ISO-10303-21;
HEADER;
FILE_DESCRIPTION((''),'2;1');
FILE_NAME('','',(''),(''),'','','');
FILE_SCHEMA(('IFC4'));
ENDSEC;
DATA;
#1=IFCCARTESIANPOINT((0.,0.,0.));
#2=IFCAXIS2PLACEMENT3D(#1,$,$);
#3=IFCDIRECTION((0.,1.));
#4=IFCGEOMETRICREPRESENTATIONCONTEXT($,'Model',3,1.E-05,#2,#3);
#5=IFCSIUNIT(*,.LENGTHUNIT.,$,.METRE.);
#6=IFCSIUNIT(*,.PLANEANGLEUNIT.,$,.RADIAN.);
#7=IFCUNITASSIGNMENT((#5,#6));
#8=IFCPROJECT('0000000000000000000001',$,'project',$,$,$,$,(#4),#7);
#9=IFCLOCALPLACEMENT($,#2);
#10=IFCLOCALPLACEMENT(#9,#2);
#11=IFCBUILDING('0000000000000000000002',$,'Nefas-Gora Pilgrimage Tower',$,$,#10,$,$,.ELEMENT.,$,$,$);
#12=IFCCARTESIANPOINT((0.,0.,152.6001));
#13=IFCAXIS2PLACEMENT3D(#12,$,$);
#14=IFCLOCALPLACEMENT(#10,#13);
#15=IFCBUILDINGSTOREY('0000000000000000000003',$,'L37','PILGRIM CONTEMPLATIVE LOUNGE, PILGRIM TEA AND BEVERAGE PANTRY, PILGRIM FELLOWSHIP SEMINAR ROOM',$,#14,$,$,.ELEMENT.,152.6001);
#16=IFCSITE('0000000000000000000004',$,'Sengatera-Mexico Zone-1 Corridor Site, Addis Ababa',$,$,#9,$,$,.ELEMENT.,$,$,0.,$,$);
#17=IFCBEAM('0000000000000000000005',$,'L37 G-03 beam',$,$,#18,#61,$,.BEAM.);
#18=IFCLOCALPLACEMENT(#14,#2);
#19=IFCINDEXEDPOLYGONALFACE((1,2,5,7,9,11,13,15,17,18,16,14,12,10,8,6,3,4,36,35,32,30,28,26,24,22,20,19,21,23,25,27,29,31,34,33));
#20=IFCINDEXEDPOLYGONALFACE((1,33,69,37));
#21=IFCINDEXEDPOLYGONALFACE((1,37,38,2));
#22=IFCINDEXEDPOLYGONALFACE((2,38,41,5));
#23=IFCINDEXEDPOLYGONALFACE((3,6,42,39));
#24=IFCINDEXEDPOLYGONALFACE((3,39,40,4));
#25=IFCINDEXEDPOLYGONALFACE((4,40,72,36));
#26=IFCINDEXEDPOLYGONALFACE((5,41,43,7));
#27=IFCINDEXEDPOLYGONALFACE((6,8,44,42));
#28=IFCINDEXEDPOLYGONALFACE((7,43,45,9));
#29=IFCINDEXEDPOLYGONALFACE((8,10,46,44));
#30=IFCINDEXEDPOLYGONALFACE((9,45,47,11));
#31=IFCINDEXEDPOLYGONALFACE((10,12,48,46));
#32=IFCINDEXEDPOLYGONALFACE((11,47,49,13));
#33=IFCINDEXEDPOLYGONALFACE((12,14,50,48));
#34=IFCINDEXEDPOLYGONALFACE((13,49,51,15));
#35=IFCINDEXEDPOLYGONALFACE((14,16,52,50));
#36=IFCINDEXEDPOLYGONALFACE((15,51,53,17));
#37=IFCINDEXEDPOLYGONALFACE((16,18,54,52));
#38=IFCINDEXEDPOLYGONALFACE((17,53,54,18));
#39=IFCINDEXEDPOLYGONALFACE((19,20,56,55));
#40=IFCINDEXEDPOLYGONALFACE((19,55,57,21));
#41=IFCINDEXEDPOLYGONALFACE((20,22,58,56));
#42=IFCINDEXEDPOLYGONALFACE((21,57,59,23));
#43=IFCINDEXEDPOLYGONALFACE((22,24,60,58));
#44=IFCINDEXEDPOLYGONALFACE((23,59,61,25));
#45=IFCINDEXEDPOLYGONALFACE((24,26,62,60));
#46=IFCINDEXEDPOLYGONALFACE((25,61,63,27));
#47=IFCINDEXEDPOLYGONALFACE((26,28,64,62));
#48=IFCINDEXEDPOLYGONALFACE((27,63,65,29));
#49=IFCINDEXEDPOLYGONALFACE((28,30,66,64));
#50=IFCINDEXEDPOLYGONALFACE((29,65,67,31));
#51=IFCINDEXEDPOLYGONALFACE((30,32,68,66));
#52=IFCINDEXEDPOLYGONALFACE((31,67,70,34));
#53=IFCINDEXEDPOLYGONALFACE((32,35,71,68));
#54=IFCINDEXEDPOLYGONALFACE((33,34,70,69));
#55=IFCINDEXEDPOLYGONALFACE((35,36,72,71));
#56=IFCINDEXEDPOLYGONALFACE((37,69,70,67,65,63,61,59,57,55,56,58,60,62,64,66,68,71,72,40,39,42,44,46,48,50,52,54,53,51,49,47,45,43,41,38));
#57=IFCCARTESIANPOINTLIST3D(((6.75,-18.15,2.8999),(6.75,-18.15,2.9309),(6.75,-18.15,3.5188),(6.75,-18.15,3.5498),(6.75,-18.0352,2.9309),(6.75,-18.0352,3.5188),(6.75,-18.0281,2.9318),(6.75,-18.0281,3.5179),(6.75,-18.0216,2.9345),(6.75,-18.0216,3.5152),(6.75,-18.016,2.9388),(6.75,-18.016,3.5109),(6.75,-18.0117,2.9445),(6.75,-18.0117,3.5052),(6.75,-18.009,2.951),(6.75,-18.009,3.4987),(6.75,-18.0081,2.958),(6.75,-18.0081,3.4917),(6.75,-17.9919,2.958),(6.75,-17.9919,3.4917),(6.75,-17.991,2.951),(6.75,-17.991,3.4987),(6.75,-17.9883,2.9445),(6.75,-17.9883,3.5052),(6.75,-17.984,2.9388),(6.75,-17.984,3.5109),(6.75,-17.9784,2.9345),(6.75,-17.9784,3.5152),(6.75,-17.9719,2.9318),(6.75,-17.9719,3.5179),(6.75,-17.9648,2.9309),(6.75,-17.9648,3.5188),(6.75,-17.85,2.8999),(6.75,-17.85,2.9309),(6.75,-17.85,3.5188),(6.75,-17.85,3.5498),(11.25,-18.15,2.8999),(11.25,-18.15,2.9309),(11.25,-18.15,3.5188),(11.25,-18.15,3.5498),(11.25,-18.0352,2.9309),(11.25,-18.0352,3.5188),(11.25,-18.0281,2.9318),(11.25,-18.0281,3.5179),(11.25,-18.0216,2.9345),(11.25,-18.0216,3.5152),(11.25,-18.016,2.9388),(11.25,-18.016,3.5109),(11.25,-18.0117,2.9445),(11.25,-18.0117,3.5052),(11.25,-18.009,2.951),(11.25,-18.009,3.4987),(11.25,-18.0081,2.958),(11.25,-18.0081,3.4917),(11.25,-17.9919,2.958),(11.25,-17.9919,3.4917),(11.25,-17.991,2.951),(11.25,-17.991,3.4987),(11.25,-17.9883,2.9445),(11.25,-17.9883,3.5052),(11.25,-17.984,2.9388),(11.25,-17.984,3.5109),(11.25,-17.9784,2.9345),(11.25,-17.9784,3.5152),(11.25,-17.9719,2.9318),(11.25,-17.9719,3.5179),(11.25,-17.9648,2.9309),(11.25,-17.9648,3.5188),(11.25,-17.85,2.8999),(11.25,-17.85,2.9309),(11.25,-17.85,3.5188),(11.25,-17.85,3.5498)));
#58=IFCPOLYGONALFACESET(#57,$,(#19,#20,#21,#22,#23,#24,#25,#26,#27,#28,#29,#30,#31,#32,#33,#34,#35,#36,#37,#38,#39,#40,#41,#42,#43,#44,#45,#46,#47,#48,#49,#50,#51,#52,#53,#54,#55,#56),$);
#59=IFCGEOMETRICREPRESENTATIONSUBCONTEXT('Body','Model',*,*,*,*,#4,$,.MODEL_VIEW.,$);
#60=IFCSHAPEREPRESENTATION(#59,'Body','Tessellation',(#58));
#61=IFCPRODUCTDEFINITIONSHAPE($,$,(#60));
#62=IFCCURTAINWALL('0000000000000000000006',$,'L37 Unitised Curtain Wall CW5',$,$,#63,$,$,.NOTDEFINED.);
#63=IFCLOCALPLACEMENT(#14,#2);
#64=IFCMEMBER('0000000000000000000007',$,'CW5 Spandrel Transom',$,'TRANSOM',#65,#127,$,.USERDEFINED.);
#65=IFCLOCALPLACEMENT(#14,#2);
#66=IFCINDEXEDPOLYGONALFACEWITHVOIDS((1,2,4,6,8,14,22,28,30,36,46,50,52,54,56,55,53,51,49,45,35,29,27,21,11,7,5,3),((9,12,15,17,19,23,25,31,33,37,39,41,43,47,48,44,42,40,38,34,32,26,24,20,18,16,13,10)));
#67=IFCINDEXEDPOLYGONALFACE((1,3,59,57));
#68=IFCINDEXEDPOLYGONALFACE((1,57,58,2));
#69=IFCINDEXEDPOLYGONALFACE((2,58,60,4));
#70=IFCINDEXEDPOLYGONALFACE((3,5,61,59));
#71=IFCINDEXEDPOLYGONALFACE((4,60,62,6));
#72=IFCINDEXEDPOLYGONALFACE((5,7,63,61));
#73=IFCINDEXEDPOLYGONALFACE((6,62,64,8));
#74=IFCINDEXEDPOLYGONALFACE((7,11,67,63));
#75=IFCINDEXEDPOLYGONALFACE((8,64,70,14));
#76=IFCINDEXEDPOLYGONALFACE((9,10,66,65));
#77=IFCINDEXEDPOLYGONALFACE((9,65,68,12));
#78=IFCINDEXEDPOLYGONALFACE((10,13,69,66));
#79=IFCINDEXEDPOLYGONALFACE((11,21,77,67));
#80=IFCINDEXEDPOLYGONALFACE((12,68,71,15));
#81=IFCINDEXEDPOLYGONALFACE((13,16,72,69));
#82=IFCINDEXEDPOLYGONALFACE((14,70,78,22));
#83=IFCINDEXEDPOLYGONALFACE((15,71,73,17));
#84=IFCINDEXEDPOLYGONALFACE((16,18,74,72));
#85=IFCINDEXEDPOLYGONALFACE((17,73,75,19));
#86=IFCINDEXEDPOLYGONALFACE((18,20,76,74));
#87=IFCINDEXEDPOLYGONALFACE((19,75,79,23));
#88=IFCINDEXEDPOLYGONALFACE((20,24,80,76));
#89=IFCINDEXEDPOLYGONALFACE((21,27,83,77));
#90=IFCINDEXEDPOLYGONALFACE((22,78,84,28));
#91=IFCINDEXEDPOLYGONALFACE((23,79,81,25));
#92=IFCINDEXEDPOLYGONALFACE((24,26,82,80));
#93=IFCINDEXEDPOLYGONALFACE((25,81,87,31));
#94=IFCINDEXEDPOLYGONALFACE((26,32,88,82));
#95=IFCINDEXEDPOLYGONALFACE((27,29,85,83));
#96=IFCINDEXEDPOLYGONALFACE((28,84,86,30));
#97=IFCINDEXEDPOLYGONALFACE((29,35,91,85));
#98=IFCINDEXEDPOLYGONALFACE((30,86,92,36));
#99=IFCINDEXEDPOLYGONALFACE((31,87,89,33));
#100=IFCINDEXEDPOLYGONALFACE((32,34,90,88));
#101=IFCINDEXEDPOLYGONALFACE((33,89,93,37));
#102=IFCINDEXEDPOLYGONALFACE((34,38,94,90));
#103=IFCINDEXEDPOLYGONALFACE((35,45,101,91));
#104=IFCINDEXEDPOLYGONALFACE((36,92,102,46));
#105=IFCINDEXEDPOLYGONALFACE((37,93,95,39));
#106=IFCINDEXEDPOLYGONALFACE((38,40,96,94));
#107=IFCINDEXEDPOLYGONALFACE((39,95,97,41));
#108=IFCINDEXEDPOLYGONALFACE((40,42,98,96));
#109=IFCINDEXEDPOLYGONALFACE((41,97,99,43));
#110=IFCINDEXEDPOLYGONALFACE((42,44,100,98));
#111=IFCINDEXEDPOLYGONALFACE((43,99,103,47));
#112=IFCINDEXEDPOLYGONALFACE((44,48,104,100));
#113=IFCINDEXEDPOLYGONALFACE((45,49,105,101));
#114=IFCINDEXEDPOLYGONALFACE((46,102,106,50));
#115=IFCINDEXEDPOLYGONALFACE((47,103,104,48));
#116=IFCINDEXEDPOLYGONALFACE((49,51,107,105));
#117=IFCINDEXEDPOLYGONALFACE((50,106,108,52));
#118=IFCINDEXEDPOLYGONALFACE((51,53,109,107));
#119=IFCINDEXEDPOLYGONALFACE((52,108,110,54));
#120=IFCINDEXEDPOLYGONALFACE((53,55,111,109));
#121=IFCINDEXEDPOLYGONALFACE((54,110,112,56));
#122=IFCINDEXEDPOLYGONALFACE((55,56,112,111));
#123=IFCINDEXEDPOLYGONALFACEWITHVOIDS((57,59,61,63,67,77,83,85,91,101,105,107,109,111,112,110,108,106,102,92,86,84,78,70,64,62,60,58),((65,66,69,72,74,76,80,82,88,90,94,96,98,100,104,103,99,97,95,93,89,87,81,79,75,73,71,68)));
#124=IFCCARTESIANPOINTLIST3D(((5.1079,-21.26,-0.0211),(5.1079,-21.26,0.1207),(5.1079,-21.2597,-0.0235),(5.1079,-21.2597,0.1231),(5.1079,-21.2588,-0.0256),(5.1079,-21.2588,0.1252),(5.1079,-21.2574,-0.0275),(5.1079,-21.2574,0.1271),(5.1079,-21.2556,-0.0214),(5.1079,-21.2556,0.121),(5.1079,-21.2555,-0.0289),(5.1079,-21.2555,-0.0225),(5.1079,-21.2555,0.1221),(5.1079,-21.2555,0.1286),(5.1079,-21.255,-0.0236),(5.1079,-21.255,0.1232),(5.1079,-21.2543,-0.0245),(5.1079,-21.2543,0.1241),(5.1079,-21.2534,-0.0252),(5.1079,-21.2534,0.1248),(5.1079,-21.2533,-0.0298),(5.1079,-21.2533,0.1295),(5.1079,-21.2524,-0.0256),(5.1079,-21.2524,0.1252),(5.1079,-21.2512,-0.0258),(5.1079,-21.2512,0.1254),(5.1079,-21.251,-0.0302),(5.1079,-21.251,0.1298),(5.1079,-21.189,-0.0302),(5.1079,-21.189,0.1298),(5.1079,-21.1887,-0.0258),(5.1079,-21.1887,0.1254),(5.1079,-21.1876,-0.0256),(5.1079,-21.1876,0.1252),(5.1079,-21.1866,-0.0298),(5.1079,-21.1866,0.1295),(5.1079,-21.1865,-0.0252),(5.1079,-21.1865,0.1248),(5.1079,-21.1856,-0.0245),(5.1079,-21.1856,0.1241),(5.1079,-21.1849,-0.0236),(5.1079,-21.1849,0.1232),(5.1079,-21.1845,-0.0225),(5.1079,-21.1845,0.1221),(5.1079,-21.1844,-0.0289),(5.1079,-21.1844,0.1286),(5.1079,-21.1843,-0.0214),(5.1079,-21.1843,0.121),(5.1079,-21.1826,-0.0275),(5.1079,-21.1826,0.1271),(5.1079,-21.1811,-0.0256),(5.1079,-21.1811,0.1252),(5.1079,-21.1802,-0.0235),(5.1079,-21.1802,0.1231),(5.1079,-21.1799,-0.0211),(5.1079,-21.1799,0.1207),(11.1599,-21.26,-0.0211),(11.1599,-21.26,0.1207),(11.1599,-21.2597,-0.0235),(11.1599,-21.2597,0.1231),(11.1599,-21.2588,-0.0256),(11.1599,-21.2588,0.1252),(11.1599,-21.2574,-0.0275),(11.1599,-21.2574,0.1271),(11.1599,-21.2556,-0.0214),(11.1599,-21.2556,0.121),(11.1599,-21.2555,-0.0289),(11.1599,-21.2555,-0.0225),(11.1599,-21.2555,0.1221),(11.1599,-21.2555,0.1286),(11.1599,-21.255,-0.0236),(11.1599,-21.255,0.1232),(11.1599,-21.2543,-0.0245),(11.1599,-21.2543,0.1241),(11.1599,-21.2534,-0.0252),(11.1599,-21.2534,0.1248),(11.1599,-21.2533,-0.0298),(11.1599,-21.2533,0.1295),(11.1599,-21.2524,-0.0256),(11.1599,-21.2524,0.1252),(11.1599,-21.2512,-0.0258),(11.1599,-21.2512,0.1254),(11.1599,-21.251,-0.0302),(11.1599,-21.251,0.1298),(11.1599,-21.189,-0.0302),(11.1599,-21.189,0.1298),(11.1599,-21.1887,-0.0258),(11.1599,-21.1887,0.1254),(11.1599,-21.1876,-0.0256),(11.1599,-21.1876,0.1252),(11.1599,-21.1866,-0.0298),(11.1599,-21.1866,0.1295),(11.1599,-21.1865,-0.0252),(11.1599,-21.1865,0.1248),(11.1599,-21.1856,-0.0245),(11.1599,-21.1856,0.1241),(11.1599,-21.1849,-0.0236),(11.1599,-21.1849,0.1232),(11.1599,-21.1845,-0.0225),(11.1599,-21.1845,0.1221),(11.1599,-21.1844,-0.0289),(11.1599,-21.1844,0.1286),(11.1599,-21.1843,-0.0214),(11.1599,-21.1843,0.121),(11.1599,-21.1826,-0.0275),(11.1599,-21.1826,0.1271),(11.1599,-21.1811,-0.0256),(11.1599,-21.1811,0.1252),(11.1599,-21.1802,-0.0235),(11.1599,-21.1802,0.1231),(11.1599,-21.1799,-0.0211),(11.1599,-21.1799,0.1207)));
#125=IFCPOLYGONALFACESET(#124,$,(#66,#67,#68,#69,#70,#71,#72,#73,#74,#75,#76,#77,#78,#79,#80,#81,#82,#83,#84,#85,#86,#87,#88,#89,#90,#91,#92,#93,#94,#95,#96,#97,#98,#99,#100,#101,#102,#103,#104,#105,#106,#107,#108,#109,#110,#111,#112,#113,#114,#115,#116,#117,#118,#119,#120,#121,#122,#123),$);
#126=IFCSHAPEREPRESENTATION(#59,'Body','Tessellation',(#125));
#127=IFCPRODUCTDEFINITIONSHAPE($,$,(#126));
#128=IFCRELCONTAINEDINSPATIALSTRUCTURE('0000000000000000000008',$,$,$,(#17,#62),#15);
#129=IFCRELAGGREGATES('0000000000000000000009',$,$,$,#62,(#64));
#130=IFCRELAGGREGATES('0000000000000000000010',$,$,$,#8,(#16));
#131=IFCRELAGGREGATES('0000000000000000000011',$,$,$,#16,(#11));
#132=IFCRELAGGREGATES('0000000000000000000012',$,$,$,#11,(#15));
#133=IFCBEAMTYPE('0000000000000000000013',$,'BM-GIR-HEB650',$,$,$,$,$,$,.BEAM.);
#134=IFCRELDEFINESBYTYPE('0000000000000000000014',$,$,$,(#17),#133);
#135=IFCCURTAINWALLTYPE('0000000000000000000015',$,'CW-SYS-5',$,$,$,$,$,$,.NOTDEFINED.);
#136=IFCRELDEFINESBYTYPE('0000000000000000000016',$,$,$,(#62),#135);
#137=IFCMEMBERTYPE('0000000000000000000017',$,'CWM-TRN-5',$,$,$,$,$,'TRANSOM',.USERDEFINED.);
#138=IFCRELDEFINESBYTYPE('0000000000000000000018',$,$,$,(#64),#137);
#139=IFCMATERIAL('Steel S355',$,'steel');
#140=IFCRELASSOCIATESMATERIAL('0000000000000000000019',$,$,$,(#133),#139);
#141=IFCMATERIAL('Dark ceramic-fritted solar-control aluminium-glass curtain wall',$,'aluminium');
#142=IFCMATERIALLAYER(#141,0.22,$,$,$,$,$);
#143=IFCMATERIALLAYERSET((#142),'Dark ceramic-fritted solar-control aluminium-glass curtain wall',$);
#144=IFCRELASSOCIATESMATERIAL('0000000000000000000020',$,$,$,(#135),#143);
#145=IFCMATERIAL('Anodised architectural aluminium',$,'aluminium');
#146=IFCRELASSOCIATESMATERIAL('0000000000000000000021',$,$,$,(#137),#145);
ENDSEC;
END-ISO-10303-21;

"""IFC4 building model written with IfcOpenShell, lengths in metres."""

from ifc_helpers import new_model, si_unit, direction, frame, origin, origin_2d, place, context, subcontext, project, spatial, hollow_rectangle, i_section, extrude, source, transform, mapped, material, layer, layer_set, material_profile, profile_set, type_object, element, aggregate, save


model = new_model("IFC4")

# Units and contexts
model_context = context("Model", 3, precision=1e-05, world=origin(), true_north=direction((0.0, 1.0)))
body_context = subcontext(model_context, "Body", "Model", "MODEL_VIEW")
ifc_project = project(units=[si_unit("LENGTHUNIT", "METRE"), si_unit("PLANEANGLEUNIT", "RADIAN")], contexts=[model_context])

# Site, building, storey
site_placement = place(None, origin())
site = spatial("IfcSite", under=ifc_project, at=site_placement, Name="Sengatera-Mexico Zone-1 Corridor Site, Addis Ababa", CompositionType="ELEMENT", RefElevation=0.0)
building_placement = place(site_placement, origin())
building = spatial("IfcBuilding", under=site, at=building_placement, Name="Nefas-Gora Pilgrimage Tower", CompositionType="ELEMENT")
storey_placement = place(building_placement, frame((0.0, 0.0, 152.6001)))
storey = spatial("IfcBuildingStorey", under=building, at=storey_placement, Name="L37", Description="PILGRIM CONTEMPLATIVE LOUNGE, PILGRIM TEA AND BEVERAGE PANTRY, PILGRIM FELLOWSHIP SEMINAR ROOM", CompositionType="ELEMENT", Elevation=152.6001)

# Beam
ifc_material_1 = material(Name="Steel S355", Category="steel")
ifc_material_profile_1 = material_profile(ifc_material_1, i_section(OverallWidth=0.3, OverallDepth=0.6499, WebThickness=0.0161, FlangeThickness=0.031, FilletRadius=0.0271, at=origin_2d()), Name="HEB 650")
ifc_profile_set_1 = profile_set([ifc_material_profile_1], Name="Steel S355")
beam_type = type_object("IfcBeamType", Name="BM-GIR-HEB650", PredefinedType="BEAM", material=ifc_profile_set_1)
shared_shape_1 = source(origin(), body_context, "Body", "SweptSolid", [
    extrude(i_section(OverallWidth=0.3, OverallDepth=0.6499, WebThickness=0.0161, FlangeThickness=0.031, FilletRadius=0.0271, at=origin_2d()), origin(), (0.0, 0.0, 1.0), 4.5),
])
for number, where, z_axis, x_axis, name in (
    (1, (6.75, -18.0, 3.2249), (1.0, 0.0, 0.0), (0.0, 1.0, 0.0), "L37 G-03 beam"),
):
    element("IfcBeam", number, at=place(storey_placement, frame(where, z_axis=z_axis, x_axis=x_axis)), inside=storey, type_object=beam_type, Name=name, PredefinedType="BEAM", context=body_context, shape_type="MappedRepresentation", body=[
        mapped(shared_shape_1, transform((0.0, 0.0, 0.0), x_axis=(1.0, 0.0, 0.0), y_axis=(0.0, 1.0, 0.0), z_axis=(0.0, 0.0, 1.0), scale=1.0)),
    ])

# Curtain wall, member
ifc_material_2 = material(Name="Dark ceramic-fritted solar-control aluminium-glass curtain wall", Category="aluminium")
ifc_layer_1 = layer(ifc_material_2, 0.22)
ifc_layer_set_1 = layer_set([ifc_layer_1], Name="Dark ceramic-fritted solar-control aluminium-glass curtain wall")
curtain_wall_type = type_object("IfcCurtainWallType", Name="CW-SYS-5", PredefinedType="NOTDEFINED", material=ifc_layer_set_1)
curtain_wall_1_placement = place(storey_placement, origin())
curtain_wall_1 = element("IfcCurtainWall", 2, at=curtain_wall_1_placement, inside=storey, type_object=curtain_wall_type, Name="L37 Unitised Curtain Wall CW5", PredefinedType="NOTDEFINED")
ifc_material_3 = material(Name="Anodised architectural aluminium", Category="aluminium")
ifc_material_profile_2 = material_profile(ifc_material_3, hollow_rectangle(XDim=0.0801, YDim=0.1599, WallThickness=0.0044, InnerFilletRadius=0.0044, OuterFilletRadius=0.009, at=origin_2d()), Name="ALU TRANSOM 80x160")
ifc_profile_set_2 = profile_set([ifc_material_profile_2], Name="Anodised architectural aluminium")
member_type_1 = type_object("IfcMemberType", Name="CWM-TRN-5", ElementType="TRANSOM", PredefinedType="USERDEFINED", material=ifc_profile_set_2)
shared_shape_2 = source(origin(), body_context, "Body", "SweptSolid", [
    extrude(hollow_rectangle(XDim=0.0801, YDim=0.1599, WallThickness=0.0044, InnerFilletRadius=0.0044, OuterFilletRadius=0.009, at=origin_2d()), origin(), (0.0, 0.0, 1.0), 6.052),
])
member_1_placement = place(storey_placement, frame((5.1079, -21.22, 0.0498), z_axis=(1.0, 0.0, 0.0), x_axis=(0.0, 1.0, 0.0)))
member_1 = element("IfcMember", 3, at=member_1_placement, type_object=member_type_1, Name="CW5 Spandrel Transom", ObjectType="TRANSOM", PredefinedType="USERDEFINED", context=body_context, shape_type="MappedRepresentation", body=[
    mapped(shared_shape_2, transform((0.0, 0.0, 0.0), x_axis=(1.0, 0.0, 0.0), y_axis=(0.0, 1.0, 0.0), z_axis=(0.0, 0.0, 1.0), scale=1.0)),
])

aggregate(curtain_wall_1, [member_1])

save(model, "model.ifc")
